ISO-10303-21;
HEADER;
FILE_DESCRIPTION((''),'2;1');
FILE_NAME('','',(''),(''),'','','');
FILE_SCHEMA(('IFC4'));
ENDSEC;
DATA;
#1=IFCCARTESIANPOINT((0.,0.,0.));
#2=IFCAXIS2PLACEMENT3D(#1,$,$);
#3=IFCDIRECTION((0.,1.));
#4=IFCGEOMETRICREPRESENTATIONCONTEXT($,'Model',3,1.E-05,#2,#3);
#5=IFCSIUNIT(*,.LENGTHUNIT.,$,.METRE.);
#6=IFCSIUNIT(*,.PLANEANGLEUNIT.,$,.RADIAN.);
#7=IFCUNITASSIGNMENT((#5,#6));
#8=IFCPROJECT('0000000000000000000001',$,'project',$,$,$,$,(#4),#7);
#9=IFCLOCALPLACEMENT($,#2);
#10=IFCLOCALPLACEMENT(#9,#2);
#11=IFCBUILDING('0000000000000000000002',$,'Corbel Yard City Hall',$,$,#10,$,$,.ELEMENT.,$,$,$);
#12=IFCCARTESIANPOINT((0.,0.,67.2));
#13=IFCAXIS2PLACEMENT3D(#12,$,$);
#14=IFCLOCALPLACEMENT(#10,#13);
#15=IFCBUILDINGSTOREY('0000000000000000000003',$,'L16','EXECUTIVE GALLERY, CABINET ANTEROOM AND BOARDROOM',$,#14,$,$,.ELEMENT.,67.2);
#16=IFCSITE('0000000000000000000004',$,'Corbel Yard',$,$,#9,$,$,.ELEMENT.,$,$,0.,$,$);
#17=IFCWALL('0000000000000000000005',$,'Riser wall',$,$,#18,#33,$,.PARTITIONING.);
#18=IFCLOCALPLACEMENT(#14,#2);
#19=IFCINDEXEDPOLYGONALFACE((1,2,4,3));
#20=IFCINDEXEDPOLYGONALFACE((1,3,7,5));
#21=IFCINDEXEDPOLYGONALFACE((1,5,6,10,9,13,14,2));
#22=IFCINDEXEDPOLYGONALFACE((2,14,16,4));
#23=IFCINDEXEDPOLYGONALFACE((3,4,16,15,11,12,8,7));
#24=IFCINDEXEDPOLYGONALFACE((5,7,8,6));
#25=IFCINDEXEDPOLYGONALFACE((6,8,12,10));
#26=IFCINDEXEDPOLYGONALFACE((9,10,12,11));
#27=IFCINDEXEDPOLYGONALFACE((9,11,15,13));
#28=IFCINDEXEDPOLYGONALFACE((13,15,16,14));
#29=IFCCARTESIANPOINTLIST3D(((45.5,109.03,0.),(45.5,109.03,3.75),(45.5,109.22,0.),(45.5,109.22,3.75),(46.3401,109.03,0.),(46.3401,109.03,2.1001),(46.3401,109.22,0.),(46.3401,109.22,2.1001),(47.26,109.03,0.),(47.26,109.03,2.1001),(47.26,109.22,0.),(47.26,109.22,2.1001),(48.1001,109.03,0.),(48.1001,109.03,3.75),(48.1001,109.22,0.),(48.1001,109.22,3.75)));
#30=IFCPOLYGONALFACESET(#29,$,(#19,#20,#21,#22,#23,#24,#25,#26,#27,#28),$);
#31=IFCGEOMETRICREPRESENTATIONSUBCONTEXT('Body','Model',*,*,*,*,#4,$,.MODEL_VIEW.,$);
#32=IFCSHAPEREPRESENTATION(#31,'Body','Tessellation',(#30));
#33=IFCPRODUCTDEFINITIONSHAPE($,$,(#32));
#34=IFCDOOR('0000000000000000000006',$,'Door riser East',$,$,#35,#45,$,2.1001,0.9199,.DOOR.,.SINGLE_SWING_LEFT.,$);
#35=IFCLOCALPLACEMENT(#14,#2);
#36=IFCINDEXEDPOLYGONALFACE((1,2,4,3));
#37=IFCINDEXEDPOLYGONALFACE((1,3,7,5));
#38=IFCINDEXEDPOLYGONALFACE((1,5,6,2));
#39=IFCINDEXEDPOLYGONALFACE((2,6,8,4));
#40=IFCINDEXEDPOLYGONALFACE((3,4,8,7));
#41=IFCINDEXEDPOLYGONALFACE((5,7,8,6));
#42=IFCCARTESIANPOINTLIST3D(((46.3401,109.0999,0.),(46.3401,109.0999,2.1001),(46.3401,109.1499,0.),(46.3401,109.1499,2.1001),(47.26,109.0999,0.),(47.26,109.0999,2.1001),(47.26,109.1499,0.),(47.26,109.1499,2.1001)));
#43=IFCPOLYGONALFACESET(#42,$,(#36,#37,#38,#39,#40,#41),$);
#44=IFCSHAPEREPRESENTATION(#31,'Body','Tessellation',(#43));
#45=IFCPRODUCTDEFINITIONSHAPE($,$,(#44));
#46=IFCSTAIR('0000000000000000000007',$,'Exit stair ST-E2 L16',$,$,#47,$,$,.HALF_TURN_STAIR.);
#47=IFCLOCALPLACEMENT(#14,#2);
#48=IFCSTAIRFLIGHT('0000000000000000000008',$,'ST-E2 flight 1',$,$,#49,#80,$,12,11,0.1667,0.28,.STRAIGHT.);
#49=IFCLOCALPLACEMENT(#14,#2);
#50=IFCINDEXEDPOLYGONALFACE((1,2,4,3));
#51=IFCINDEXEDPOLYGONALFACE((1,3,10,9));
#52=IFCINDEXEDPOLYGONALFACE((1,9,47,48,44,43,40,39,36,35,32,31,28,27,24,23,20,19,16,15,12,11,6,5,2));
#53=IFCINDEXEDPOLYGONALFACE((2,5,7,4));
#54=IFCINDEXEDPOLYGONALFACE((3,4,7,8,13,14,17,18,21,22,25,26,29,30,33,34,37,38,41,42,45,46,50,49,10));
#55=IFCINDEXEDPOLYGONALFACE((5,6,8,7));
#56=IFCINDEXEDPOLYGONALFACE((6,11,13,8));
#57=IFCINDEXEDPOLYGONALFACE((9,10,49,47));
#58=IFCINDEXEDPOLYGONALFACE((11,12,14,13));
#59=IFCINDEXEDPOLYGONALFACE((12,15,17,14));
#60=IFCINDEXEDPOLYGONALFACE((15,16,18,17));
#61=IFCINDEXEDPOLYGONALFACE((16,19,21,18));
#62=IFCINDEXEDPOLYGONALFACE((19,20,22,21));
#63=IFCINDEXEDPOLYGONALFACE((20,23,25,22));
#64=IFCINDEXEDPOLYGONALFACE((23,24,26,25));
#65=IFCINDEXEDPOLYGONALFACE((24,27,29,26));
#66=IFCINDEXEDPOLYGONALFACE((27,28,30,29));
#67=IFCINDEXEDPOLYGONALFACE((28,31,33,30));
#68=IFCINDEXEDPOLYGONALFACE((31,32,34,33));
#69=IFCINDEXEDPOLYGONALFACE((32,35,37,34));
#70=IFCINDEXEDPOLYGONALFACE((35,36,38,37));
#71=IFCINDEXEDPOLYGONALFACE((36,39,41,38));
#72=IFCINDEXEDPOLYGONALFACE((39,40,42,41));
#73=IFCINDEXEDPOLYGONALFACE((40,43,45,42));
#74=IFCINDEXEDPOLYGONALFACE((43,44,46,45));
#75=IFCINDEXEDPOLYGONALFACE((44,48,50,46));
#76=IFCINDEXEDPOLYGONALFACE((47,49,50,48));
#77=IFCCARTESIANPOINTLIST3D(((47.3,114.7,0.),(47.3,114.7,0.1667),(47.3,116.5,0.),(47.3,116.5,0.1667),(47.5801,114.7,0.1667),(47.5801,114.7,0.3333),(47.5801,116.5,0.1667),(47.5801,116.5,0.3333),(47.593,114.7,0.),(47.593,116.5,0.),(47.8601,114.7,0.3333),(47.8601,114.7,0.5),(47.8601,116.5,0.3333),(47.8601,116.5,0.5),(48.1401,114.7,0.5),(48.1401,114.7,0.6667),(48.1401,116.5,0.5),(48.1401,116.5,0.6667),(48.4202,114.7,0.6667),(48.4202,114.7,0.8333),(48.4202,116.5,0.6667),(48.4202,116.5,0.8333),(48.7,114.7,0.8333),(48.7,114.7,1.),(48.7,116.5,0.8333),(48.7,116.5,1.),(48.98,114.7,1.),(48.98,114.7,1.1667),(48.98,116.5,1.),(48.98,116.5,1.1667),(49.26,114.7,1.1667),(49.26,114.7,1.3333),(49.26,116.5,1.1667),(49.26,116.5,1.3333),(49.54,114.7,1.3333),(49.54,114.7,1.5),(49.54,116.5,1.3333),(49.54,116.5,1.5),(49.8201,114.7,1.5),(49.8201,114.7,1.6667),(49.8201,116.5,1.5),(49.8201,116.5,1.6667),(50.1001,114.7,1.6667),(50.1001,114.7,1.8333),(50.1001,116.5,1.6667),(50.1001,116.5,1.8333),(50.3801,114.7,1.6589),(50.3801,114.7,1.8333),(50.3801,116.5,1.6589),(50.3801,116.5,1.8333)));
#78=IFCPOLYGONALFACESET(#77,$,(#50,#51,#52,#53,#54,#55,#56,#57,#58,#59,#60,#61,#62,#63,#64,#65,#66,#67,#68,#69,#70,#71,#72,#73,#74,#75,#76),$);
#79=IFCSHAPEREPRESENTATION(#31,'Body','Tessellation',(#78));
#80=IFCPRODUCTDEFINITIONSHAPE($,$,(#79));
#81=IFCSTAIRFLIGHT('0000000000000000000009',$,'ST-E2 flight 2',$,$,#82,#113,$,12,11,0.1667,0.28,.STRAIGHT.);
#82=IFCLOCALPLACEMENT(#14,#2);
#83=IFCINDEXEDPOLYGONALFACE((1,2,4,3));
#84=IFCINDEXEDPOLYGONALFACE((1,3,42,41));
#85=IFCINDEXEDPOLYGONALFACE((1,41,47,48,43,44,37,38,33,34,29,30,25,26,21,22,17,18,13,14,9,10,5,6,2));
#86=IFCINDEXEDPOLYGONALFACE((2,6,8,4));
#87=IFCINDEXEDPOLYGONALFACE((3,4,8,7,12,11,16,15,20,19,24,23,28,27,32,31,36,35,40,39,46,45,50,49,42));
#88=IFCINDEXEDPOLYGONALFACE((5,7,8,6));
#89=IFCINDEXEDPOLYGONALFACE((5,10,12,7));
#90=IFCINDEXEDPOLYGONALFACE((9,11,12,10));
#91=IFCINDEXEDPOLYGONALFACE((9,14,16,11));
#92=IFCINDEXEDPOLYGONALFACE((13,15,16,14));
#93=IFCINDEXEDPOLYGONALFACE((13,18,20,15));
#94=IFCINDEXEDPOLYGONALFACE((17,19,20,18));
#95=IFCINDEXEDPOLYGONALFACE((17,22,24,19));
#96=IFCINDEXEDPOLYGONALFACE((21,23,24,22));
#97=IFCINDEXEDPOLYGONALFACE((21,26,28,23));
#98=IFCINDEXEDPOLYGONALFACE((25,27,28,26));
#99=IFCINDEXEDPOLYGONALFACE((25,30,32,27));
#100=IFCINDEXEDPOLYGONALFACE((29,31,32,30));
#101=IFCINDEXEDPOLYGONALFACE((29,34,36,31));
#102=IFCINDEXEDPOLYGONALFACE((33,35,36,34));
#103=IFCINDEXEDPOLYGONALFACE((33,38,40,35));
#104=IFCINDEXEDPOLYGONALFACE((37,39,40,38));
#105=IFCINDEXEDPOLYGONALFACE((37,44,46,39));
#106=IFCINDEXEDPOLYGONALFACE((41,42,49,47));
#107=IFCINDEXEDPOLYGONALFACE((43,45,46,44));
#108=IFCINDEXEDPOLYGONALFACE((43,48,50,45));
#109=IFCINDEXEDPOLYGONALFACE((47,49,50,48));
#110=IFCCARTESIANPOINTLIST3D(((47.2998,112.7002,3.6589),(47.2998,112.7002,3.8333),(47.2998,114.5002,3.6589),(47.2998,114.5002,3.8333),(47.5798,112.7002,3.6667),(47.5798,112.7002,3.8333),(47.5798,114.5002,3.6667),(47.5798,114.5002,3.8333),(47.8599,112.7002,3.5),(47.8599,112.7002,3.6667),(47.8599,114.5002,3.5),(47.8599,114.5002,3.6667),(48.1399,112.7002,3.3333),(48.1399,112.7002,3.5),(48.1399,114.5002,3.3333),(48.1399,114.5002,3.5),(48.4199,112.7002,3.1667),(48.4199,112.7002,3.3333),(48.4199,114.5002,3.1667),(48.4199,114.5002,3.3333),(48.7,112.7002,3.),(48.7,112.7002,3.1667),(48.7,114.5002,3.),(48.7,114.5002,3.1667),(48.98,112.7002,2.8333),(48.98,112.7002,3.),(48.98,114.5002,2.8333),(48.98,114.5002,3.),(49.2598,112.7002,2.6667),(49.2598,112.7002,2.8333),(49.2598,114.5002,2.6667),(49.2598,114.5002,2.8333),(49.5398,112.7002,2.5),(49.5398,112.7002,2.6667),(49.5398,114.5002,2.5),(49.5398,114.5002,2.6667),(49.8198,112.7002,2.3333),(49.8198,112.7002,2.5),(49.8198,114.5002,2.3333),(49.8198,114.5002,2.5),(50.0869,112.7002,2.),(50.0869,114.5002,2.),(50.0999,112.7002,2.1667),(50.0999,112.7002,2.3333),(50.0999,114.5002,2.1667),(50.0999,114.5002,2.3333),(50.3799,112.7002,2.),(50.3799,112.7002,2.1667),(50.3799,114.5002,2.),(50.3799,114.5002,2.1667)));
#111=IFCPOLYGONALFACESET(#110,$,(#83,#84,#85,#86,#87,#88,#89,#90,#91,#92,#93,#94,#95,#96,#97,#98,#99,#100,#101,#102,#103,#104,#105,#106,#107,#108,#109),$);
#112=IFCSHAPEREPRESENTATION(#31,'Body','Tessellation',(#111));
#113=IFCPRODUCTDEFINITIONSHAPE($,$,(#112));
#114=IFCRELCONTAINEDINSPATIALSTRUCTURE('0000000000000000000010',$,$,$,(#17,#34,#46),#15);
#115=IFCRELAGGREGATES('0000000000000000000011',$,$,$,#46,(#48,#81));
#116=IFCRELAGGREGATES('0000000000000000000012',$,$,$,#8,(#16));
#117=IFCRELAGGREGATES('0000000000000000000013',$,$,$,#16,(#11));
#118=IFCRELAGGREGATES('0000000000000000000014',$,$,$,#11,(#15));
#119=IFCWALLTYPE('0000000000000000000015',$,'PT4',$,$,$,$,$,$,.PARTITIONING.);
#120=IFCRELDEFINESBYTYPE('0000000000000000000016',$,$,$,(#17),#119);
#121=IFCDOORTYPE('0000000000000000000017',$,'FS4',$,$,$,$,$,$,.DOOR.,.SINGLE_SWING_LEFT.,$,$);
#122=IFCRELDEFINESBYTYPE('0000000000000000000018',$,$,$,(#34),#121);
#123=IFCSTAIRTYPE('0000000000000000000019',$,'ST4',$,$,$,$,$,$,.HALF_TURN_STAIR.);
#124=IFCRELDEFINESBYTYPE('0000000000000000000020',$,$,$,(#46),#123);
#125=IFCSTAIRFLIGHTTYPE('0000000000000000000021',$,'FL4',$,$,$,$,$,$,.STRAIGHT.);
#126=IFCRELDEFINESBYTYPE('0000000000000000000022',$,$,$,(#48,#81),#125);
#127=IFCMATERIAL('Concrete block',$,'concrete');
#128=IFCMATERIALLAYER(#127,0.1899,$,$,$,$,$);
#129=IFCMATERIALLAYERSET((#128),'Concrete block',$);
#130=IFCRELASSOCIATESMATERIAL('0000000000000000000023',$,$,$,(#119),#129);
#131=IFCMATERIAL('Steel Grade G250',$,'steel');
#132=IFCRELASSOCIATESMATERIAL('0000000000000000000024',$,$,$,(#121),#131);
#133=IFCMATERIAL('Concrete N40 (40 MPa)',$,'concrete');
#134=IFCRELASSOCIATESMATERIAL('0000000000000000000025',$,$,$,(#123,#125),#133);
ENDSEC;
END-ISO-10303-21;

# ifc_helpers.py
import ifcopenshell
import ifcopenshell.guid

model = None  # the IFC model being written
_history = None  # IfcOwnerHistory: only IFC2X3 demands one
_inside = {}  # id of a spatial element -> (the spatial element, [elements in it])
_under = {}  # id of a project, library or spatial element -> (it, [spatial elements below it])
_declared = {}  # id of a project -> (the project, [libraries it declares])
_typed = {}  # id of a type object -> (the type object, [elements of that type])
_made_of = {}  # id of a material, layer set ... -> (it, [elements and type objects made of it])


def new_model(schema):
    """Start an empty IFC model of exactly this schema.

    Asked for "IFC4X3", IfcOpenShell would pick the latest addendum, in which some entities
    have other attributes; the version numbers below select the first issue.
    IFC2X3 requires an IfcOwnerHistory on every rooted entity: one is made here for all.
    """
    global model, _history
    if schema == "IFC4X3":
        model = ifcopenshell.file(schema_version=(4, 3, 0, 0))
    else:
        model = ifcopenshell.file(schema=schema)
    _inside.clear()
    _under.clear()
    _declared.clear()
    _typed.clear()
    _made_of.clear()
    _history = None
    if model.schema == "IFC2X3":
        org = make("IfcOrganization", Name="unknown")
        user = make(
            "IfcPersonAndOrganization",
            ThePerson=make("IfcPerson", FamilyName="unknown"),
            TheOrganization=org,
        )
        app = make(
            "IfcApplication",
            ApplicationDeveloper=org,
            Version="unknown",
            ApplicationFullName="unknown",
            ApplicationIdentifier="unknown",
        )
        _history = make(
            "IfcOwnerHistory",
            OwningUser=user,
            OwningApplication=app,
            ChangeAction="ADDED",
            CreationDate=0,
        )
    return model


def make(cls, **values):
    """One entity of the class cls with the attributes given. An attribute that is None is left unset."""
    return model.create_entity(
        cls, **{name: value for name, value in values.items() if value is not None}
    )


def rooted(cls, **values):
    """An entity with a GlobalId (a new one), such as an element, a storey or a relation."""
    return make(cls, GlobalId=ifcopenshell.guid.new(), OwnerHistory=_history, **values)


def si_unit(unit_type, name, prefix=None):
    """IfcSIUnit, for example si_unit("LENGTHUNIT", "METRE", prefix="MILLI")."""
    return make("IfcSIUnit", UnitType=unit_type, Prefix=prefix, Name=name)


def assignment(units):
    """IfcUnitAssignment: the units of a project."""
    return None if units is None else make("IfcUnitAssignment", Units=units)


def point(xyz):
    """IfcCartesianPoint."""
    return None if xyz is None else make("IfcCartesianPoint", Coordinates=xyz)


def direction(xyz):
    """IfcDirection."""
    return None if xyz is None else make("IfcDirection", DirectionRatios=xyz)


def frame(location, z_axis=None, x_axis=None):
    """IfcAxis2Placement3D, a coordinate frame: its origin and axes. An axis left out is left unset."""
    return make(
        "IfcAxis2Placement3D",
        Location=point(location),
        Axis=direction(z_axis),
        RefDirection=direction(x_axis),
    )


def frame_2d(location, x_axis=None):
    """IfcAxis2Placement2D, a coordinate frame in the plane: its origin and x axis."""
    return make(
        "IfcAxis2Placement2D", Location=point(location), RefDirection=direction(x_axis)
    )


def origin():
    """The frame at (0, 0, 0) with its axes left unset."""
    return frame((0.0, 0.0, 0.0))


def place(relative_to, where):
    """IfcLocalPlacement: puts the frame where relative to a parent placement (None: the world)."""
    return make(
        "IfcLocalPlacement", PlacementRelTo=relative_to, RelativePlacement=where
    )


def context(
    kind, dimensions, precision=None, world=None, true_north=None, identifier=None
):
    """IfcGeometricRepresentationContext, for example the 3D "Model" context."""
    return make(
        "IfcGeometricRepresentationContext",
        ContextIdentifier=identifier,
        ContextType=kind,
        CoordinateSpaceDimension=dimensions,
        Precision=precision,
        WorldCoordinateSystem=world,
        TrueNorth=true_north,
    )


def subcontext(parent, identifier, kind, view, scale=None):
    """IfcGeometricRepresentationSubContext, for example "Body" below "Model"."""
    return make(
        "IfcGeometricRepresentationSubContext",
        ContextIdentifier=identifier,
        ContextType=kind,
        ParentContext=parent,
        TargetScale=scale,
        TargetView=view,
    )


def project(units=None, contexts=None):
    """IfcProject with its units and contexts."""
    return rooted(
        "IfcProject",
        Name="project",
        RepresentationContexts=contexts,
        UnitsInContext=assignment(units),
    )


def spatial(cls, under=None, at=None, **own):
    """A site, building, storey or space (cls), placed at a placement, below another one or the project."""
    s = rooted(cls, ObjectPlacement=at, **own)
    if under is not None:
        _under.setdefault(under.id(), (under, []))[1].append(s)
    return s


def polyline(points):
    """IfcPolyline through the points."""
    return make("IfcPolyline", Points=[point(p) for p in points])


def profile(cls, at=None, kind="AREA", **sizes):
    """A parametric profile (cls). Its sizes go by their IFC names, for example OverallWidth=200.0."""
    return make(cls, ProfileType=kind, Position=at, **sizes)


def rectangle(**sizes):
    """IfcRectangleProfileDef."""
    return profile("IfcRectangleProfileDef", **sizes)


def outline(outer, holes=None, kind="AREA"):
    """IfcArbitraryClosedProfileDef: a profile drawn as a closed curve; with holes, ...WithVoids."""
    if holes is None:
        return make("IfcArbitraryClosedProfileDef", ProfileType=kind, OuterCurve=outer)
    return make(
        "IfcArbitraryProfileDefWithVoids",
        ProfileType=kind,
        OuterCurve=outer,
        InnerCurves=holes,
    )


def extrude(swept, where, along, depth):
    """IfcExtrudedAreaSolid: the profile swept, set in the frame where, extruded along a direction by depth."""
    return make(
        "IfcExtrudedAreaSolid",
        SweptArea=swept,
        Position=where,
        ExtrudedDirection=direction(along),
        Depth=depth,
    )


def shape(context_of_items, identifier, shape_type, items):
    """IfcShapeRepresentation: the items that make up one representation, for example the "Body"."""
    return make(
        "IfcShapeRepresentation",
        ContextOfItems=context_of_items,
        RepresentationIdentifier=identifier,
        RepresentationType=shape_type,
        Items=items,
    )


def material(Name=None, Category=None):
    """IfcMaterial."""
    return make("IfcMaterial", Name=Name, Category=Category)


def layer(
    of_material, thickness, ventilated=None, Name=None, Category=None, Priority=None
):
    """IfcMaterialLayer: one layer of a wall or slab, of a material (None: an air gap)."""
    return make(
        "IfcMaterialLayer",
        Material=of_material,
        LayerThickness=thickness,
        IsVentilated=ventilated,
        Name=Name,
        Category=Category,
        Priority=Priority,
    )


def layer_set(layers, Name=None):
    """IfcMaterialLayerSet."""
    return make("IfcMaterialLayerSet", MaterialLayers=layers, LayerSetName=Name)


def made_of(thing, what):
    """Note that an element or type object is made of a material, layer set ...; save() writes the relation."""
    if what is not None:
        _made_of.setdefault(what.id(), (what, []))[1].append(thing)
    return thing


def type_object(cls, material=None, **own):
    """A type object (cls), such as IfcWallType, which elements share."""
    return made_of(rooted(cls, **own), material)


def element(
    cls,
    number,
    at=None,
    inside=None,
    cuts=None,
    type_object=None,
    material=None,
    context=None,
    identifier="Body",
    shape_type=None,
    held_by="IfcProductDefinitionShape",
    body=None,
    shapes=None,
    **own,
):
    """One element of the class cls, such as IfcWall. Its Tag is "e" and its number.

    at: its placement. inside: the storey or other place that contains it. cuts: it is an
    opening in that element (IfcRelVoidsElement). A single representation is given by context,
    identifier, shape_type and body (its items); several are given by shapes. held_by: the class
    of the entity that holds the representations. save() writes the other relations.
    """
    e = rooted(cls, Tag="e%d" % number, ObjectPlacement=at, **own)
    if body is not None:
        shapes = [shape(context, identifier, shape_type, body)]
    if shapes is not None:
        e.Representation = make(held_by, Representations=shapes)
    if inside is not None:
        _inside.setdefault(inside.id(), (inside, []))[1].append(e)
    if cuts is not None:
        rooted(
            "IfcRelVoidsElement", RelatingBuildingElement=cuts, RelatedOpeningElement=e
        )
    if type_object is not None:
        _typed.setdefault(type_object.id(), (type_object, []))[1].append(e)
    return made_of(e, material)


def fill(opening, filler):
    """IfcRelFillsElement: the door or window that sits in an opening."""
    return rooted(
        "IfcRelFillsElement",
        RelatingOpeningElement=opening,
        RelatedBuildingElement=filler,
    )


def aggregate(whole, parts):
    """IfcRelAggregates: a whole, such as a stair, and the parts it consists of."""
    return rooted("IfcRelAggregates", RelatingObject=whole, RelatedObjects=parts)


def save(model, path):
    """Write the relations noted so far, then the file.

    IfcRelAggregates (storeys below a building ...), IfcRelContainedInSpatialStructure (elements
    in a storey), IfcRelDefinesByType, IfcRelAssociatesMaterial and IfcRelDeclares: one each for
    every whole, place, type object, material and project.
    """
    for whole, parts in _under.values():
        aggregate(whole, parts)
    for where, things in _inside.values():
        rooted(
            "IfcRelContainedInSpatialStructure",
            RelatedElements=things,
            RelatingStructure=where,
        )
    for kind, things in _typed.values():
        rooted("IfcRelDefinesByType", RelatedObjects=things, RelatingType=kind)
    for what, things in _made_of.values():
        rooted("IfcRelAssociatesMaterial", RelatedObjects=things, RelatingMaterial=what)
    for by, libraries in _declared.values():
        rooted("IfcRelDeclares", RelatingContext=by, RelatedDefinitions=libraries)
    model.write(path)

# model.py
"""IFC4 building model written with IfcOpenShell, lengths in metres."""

from ifc_helpers import new_model, si_unit, direction, frame, frame_2d, origin, place, context, subcontext, project, spatial, polyline, rectangle, outline, extrude, material, layer, layer_set, type_object, element, fill, aggregate, save


model = new_model("IFC4")

# Units and contexts
model_context = context("Model", 3, precision=1e-05, world=origin(), true_north=direction((0.0, 1.0)))
body_context = subcontext(model_context, "Body", "Model", "MODEL_VIEW")
ifc_project = project(units=[si_unit("LENGTHUNIT", "METRE"), si_unit("PLANEANGLEUNIT", "RADIAN")], contexts=[model_context])

# Site, building, storey
site_placement = place(None, origin())
site = spatial("IfcSite", under=ifc_project, at=site_placement, Name="Corbel Yard", CompositionType="ELEMENT", RefElevation=0.0)
building_placement = place(site_placement, origin())
building = spatial("IfcBuilding", under=site, at=building_placement, Name="Corbel Yard City Hall", CompositionType="ELEMENT")
storey_placement = place(building_placement, frame((0.0, 0.0, 67.2)))
storey = spatial("IfcBuildingStorey", under=building, at=storey_placement, Name="L16", Description="EXECUTIVE GALLERY, CABINET ANTEROOM AND BOARDROOM", CompositionType="ELEMENT", Elevation=67.2)

# Shared definitions
ifc_material_1 = material(Name="Concrete N40 (40 MPa)", Category="concrete")

# Wall, opening, door
ifc_material_2 = material(Name="Steel Grade G250", Category="steel")
ifc_material_3 = material(Name="Concrete block", Category="concrete")
ifc_layer_1 = layer(ifc_material_3, 0.1899)
ifc_layer_set_1 = layer_set([ifc_layer_1], Name="Concrete block")
wall_type_1 = type_object("IfcWallType", Name="PT4", PredefinedType="PARTITIONING", material=ifc_layer_set_1)
wall_1_placement = place(storey_placement, frame((45.5, 109.125, 0.0), z_axis=(0.0, 0.0, 1.0), x_axis=(1.0, 0.0, 0.0)))
wall_1 = element("IfcWall", 1, at=wall_1_placement, inside=storey, type_object=wall_type_1, Name="Riser wall", PredefinedType="PARTITIONING", context=body_context, shape_type="SweptSolid", body=[
    extrude(rectangle(XDim=2.6001, YDim=0.1899, at=frame_2d((1.3, 0.0))), origin(), (0.0, 0.0, 1.0), 3.75),
])
opening_1_placement = place(wall_1_placement, frame((0.8401, 0.0, 0.0)))
opening_1 = element("IfcOpeningElement", 2, at=opening_1_placement, cuts=wall_1, PredefinedType="OPENING", context=body_context, shape_type="SweptSolid", body=[
    extrude(rectangle(XDim=0.9199, YDim=2.1001, at=frame_2d((0.46, 1.05))), frame((0.0, 0.105, 0.0), z_axis=(0.0, -1.0, 0.0), x_axis=(1.0, 0.0, 0.0)), (0.0, 0.0, 1.0), 0.21),
])
door_type_1 = type_object("IfcDoorType", Name="FS4", OperationType="SINGLE_SWING_LEFT", PredefinedType="DOOR", material=ifc_material_2)
door_1_placement = place(opening_1_placement, origin())
door_1 = element("IfcDoor", 3, at=door_1_placement, inside=storey, type_object=door_type_1, Name="Door riser East", OperationType="SINGLE_SWING_LEFT", OverallHeight=2.1001, OverallWidth=0.9199, PredefinedType="DOOR", context=body_context, shape_type="SweptSolid", body=[
    extrude(rectangle(XDim=0.9199, YDim=2.1001, at=frame_2d((0.46, 1.05))), frame((0.0, 0.0249, 0.0), z_axis=(0.0, -1.0, 0.0), x_axis=(1.0, 0.0, 0.0)), (0.0, 0.0, 1.0), 0.05),
])
fill(opening_1, door_1)

# Stair, stair flights
stair_type = type_object("IfcStairType", Name="ST4", PredefinedType="HALF_TURN_STAIR", material=ifc_material_1)
stair_placement = place(storey_placement, origin())
stair = element("IfcStair", 4, at=stair_placement, inside=storey, type_object=stair_type, Name="Exit stair ST-E2 L16", PredefinedType="HALF_TURN_STAIR")
stair_flight_type = type_object("IfcStairFlightType", Name="FL4", PredefinedType="STRAIGHT", material=ifc_material_1)
stair_flight_1_placement = place(storey_placement, frame((47.3, 115.6001, 0.0), z_axis=(0.0, 0.0, 1.0), x_axis=(1.0, 0.0, 0.0)))
stair_flight_1 = element("IfcStairFlight", 5, at=stair_flight_1_placement, type_object=stair_flight_type, Name="ST-E2 flight 1", NumberOfRisers=12, NumberOfTreads=11, PredefinedType="STRAIGHT", RiserHeight=0.1667, TreadLength=0.28, context=body_context, shape_type="SweptSolid", body=[
    extrude(outline(polyline([(0.0, 0.0), (0.0, 0.1667), (0.28, 0.1667), (0.28, 0.3333), (0.5601, 0.3333), (0.5601, 0.5), (0.8401, 0.5), (0.8401, 0.6667), (1.1201, 0.6667), (1.1201, 0.8333), (1.3999, 0.8333), (1.3999, 1.0), (1.6799, 1.0), (1.6799, 1.1667), (1.96, 1.1667), (1.96, 1.3333), (2.24, 1.3333), (2.24, 1.5), (2.52, 1.5), (2.52, 1.6667), (2.8, 1.6667), (2.8, 1.8333), (3.0801, 1.8333), (3.0801, 2.0), (3.0801, 1.6589), (0.293, 0.0), (0.0, 0.0)])), frame((0.0, 0.8999, 0.0), z_axis=(0.0, -1.0, 0.0), x_axis=(1.0, 0.0, 0.0)), (0.0, 0.0, 1.0), 1.8),
])
stair_flight_2_placement = place(storey_placement, frame((50.3799, 113.6001, 2.0), z_axis=(0.0, 0.0, 1.0), x_axis=(-1.0, 0.0, 0.0)))
stair_flight_2 = element("IfcStairFlight", 6, at=stair_flight_2_placement, type_object=stair_flight_type, Name="ST-E2 flight 2", NumberOfRisers=12, NumberOfTreads=11, PredefinedType="STRAIGHT", RiserHeight=0.1667, TreadLength=0.28, context=body_context, shape_type="SweptSolid", body=[
    extrude(outline(polyline([(0.0, 0.0), (0.0, 0.1667), (0.28, 0.1667), (0.28, 0.3333), (0.5601, 0.3333), (0.5601, 0.5), (0.8401, 0.5), (0.8401, 0.6667), (1.1201, 0.6667), (1.1201, 0.8333), (1.3999, 0.8333), (1.3999, 1.0), (1.6799, 1.0), (1.6799, 1.1667), (1.96, 1.1667), (1.96, 1.3333), (2.24, 1.3333), (2.24, 1.5), (2.52, 1.5), (2.52, 1.6667), (2.8, 1.6667), (2.8, 1.8333), (3.0801, 1.8333), (3.0801, 2.0), (3.0801, 1.6589), (0.293, 0.0), (0.0, 0.0)])), frame((0.0, 0.8999, 0.0), z_axis=(0.0, -1.0, 0.0), x_axis=(1.0, 0.0, 0.0)), (0.0, 0.0, 1.0), 1.8),
])
aggregate(stair, [stair_flight_1, stair_flight_2])

save(model, "model.ifc")
